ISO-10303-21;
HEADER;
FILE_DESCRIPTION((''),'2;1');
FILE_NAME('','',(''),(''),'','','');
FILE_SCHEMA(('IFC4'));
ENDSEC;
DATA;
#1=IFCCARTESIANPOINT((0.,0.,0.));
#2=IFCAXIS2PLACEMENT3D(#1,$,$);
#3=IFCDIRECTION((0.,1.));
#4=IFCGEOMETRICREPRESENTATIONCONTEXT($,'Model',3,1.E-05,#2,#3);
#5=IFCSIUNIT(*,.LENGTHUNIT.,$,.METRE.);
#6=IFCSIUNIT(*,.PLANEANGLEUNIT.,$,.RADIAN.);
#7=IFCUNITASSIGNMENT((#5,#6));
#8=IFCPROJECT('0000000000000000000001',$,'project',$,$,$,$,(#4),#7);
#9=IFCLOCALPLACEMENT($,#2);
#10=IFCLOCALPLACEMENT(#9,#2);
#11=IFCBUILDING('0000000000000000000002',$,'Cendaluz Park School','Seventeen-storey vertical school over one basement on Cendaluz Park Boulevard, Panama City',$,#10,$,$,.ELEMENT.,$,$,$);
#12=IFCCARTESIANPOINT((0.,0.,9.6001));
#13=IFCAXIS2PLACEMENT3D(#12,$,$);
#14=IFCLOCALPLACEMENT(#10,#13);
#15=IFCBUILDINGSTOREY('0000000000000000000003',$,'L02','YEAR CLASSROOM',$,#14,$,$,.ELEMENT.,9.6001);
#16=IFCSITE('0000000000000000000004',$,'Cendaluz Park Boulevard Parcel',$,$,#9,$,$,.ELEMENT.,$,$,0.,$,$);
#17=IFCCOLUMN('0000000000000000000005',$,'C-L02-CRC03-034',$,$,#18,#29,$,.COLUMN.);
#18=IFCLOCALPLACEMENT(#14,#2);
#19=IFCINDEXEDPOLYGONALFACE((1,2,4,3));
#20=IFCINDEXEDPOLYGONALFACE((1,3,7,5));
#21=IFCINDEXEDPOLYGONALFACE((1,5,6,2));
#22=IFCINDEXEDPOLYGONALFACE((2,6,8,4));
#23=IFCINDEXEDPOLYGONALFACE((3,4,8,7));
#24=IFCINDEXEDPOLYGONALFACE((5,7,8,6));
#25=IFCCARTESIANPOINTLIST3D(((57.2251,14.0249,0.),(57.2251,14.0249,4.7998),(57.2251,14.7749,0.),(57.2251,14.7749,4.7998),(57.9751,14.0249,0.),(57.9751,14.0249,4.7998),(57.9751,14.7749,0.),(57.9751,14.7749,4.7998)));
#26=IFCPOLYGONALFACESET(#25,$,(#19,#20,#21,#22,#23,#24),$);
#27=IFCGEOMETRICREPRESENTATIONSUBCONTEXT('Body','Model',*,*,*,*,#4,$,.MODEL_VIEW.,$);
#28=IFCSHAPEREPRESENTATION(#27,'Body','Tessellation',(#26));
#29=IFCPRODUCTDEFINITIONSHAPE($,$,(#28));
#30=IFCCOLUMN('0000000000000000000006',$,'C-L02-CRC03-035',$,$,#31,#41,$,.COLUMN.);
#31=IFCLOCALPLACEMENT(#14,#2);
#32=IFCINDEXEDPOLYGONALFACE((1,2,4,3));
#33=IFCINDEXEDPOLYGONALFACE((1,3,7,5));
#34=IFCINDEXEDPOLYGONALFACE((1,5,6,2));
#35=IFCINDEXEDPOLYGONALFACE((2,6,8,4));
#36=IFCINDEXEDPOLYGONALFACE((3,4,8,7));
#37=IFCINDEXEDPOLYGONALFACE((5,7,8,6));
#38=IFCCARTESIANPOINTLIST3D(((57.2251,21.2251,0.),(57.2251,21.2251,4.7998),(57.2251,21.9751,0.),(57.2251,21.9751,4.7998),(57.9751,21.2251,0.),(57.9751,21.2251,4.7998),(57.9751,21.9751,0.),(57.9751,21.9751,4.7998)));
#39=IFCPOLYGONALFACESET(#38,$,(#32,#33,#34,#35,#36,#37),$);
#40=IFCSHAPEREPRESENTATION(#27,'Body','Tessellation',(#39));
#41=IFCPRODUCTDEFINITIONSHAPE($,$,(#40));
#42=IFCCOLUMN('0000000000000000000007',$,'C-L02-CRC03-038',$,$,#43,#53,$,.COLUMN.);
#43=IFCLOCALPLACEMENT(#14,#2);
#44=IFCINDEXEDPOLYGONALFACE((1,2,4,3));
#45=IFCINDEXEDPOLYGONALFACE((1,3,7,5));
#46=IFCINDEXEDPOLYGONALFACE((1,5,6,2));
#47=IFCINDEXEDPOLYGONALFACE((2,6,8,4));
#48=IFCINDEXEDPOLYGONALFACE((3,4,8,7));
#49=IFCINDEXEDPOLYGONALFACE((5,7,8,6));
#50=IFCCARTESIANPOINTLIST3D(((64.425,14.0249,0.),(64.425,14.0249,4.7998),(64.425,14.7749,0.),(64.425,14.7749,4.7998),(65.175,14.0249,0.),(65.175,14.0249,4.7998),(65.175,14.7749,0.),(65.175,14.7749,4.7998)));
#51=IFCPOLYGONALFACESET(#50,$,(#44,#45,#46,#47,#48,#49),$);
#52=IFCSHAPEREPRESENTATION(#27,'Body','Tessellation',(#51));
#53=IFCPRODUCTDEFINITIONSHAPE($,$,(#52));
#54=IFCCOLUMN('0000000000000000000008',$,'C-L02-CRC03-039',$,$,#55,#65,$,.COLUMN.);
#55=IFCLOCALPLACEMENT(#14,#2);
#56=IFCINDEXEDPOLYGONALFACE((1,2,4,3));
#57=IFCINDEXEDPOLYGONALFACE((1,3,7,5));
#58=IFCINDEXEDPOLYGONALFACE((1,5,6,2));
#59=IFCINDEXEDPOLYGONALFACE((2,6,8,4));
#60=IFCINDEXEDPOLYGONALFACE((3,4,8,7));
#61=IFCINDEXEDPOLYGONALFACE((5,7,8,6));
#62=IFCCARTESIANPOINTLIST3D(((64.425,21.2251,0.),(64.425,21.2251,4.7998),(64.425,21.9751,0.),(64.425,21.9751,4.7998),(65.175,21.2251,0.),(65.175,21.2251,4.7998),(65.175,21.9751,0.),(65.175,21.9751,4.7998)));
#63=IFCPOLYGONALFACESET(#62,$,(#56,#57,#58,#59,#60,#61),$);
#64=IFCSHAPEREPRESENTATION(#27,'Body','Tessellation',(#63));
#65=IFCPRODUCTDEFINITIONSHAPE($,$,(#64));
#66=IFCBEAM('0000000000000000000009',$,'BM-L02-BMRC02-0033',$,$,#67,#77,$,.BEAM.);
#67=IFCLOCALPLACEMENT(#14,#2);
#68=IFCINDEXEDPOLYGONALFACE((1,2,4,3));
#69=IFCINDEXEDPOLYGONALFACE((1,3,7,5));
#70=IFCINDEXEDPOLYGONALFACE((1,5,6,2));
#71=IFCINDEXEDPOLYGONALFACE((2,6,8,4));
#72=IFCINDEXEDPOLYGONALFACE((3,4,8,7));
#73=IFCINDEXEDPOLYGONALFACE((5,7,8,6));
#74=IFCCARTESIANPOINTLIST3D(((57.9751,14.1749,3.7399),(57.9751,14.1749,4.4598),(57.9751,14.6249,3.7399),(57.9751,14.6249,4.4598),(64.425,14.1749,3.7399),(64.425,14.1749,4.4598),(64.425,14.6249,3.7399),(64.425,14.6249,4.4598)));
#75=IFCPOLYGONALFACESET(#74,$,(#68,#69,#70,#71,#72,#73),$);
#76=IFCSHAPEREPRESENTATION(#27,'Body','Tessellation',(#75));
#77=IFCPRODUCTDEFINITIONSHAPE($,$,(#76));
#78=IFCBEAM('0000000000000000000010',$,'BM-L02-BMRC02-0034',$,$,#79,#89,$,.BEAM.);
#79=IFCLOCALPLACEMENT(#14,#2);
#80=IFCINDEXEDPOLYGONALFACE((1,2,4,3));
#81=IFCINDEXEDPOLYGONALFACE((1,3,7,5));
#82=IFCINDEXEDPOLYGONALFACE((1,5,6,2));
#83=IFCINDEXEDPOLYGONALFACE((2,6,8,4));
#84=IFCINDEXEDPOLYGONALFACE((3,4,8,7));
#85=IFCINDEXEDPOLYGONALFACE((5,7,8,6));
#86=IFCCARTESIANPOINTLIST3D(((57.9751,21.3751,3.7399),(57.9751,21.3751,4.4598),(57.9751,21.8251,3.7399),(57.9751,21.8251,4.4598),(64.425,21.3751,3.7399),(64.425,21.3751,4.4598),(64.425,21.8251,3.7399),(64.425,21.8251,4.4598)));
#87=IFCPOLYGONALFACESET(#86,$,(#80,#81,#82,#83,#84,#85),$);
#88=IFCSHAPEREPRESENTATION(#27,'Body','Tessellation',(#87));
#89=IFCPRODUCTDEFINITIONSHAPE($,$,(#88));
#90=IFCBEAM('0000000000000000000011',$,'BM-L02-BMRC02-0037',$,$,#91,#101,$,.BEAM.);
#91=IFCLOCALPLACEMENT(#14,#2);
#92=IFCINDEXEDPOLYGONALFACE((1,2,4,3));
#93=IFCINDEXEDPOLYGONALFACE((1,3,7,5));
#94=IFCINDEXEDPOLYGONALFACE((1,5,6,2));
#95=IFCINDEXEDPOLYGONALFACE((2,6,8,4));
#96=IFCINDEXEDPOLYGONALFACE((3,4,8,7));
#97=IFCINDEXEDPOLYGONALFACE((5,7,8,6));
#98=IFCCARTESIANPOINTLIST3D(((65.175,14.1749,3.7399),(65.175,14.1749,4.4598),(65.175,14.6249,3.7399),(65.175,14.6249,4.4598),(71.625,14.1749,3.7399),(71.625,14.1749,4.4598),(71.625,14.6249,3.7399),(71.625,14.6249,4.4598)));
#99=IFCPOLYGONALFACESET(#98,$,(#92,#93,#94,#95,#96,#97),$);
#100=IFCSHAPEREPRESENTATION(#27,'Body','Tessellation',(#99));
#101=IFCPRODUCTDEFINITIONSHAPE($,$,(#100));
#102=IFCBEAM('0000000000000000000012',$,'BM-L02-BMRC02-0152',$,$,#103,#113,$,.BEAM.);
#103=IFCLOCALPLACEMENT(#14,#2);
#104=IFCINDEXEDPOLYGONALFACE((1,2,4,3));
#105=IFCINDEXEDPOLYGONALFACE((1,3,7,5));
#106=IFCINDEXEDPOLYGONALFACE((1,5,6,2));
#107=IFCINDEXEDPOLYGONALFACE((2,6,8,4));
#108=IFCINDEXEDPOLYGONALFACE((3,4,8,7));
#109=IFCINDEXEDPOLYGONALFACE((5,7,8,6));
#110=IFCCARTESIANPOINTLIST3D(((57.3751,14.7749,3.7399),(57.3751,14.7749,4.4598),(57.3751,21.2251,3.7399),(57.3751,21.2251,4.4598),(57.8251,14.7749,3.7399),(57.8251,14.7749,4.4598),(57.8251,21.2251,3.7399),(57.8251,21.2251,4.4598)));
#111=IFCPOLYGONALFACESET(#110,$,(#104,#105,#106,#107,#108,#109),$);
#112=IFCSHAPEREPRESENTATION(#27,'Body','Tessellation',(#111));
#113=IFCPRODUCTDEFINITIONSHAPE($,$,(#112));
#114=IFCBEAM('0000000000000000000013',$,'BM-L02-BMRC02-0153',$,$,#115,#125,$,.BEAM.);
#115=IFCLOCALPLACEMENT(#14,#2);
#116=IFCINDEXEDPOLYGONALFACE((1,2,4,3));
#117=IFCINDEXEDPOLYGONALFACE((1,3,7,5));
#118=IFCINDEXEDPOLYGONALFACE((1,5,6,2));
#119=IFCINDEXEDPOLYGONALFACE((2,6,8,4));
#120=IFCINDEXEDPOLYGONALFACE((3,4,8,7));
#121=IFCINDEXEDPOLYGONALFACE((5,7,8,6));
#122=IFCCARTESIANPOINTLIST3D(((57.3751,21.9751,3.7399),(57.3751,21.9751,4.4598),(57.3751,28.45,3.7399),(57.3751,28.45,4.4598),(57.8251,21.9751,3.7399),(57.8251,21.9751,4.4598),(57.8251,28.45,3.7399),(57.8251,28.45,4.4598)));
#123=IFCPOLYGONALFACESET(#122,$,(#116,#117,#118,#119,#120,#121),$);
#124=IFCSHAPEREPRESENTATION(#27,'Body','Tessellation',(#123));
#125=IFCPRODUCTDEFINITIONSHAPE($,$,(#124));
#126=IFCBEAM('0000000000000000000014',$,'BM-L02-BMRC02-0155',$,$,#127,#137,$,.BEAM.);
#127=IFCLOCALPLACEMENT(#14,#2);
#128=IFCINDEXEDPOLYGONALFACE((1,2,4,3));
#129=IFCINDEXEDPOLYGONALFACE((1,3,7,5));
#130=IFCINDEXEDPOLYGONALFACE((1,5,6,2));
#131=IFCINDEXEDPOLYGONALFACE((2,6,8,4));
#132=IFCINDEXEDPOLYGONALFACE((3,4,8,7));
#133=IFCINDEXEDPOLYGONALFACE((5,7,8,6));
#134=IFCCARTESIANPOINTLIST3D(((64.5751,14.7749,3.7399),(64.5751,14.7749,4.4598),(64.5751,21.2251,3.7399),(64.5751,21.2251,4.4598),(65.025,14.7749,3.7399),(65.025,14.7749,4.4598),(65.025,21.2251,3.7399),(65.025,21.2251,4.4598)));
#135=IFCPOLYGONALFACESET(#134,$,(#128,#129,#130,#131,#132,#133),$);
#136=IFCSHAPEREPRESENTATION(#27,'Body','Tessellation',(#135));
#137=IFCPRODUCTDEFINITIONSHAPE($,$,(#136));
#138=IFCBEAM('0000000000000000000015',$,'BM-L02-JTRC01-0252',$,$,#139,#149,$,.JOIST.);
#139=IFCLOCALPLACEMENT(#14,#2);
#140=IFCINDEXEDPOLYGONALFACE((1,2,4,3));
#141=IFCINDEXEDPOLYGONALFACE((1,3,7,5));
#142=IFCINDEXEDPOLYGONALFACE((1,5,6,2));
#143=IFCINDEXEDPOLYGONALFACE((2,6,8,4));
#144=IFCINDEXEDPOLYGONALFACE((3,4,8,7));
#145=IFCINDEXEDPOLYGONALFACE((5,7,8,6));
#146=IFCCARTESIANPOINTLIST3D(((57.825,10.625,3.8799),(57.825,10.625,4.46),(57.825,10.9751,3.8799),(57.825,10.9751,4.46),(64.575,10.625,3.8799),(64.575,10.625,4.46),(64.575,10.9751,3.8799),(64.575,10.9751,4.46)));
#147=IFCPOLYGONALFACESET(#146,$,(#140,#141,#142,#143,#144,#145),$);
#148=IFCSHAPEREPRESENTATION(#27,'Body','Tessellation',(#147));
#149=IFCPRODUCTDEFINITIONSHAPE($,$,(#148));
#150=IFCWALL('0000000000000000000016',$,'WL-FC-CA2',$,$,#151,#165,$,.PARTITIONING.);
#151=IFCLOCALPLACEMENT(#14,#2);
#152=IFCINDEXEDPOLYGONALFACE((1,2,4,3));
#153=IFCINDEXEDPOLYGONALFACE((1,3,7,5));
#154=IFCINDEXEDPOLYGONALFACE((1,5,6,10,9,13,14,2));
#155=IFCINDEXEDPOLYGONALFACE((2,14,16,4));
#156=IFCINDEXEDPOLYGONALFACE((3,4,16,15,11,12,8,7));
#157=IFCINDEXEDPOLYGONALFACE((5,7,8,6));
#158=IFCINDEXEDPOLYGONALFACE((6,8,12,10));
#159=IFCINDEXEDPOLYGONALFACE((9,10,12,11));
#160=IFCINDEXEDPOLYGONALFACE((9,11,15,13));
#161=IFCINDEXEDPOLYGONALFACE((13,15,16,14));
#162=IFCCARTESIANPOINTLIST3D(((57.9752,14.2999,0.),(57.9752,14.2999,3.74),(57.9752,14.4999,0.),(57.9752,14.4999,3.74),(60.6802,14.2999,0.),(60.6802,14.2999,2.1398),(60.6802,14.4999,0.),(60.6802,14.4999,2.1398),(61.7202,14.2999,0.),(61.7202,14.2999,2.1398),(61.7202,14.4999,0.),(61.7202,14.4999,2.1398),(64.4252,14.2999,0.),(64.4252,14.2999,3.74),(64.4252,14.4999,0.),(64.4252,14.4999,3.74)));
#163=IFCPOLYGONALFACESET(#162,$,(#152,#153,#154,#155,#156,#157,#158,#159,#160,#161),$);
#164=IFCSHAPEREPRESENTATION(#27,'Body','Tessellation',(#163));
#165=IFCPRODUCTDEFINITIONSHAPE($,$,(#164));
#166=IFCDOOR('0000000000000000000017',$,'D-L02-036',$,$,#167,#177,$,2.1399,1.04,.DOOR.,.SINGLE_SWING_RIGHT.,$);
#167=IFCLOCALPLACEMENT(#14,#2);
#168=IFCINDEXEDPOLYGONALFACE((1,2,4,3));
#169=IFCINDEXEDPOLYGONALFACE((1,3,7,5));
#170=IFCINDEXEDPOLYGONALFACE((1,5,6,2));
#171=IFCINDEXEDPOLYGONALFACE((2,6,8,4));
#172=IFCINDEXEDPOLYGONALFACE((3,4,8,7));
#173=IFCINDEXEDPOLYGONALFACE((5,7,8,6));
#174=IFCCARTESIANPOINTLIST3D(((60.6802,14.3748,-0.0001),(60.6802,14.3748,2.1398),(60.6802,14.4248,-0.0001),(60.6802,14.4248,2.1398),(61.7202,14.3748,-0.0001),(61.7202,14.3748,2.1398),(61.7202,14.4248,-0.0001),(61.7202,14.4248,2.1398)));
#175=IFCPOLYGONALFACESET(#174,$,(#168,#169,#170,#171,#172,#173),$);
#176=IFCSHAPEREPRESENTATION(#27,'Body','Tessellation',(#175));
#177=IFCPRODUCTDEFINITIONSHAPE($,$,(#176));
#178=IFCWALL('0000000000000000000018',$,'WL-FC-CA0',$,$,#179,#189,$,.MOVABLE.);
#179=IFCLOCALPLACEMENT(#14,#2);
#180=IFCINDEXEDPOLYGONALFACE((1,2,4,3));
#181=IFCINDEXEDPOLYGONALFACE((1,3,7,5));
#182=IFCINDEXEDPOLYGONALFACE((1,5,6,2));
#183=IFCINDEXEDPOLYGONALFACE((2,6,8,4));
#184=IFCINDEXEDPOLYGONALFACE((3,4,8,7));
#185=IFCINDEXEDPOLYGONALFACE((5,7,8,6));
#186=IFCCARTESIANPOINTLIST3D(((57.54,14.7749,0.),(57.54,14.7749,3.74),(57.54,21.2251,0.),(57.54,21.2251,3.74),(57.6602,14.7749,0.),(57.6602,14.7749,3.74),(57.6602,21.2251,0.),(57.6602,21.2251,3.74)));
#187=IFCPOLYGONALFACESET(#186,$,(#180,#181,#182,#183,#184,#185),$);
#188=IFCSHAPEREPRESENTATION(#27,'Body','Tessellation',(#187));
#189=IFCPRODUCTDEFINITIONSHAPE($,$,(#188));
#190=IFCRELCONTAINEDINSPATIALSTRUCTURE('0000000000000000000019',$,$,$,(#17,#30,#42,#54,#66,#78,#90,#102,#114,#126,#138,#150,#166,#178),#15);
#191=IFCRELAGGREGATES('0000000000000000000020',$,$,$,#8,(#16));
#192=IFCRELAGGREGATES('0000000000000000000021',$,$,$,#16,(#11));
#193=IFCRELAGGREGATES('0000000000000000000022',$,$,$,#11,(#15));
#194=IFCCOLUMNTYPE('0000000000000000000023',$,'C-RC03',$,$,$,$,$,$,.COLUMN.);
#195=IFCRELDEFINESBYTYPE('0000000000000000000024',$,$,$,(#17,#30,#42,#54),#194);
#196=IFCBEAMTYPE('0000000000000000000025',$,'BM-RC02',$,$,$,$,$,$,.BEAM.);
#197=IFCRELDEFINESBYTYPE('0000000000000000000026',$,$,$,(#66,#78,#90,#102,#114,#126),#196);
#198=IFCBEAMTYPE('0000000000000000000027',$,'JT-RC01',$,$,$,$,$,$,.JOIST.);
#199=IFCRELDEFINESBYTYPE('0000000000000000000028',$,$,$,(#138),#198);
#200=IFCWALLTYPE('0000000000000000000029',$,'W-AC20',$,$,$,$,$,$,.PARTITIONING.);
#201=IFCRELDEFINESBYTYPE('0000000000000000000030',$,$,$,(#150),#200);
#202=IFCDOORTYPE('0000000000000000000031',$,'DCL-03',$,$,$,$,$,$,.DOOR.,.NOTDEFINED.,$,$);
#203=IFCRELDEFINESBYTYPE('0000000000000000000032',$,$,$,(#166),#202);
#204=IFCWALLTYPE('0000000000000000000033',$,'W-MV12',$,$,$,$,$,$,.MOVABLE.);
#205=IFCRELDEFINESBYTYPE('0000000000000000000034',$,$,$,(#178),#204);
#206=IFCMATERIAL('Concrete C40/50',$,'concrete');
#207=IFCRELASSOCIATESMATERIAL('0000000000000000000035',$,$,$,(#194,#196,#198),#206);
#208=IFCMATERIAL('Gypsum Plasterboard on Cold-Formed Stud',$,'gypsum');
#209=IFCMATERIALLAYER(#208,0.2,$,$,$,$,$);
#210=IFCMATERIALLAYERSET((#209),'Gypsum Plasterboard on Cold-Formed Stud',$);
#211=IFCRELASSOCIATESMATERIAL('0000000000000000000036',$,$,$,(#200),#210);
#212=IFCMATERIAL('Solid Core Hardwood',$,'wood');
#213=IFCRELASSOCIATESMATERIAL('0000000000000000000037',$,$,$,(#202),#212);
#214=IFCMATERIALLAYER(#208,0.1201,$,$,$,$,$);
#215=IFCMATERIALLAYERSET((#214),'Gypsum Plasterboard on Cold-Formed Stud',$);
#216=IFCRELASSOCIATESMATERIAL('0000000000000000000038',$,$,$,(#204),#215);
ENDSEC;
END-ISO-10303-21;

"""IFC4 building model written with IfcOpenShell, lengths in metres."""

from ifc_helpers import new_model, si_unit, direction, frame, frame_2d, origin, origin_2d, place, context, subcontext, project, spatial, rectangle, extrude, material, layer, layer_set, material_profile, profile_set, type_object, element, fill, save


model = new_model("IFC4")

# Units and contexts
model_context = context("Model", 3, precision=1e-05, world=origin(), true_north=direction((0.0, 1.0)))
body_context = subcontext(model_context, "Body", "Model", "MODEL_VIEW")
ifc_project = project(units=[si_unit("LENGTHUNIT", "METRE"), si_unit("PLANEANGLEUNIT", "RADIAN")], contexts=[model_context])

# Site, building, storey
site_placement = place(None, origin())
site = spatial("IfcSite", under=ifc_project, at=site_placement, Name="Cendaluz Park Boulevard Parcel", CompositionType="ELEMENT", RefElevation=0.0)
building_placement = place(site_placement, origin())
building = spatial("IfcBuilding", under=site, at=building_placement, Name="Cendaluz Park School", Description="Seventeen-storey vertical school over one basement on Cendaluz Park Boulevard, Panama City", CompositionType="ELEMENT")
storey_placement = place(building_placement, frame((0.0, 0.0, 9.6001)))
storey = spatial("IfcBuildingStorey", under=building, at=storey_placement, Name="L02", Description="YEAR CLASSROOM", CompositionType="ELEMENT", Elevation=9.6001)

# Columns
ifc_material_1 = material(Name="Concrete C40/50", Category="concrete")
ifc_material_profile_1 = material_profile(ifc_material_1, rectangle(XDim=0.75, YDim=0.75, at=origin_2d()), Name="RC 750x750", Category="concrete")
ifc_profile_set_1 = profile_set([ifc_material_profile_1], Name="Concrete C40/50")
column_type = type_object("IfcColumnType", Name="C-RC03", PredefinedType="COLUMN", material=ifc_profile_set_1)
for number, where, z_axis, x_axis, name in (
    (1, (57.6001, 14.3999, 0.0), (0.0, 0.0, 1.0), (1.0, 0.0, 0.0), "C-L02-CRC03-034"),
    (2, (57.6001, 21.6001, 0.0), (0.0, 0.0, 1.0), (1.0, 0.0, 0.0), "C-L02-CRC03-035"),
    (3, (64.8, 14.3999, 0.0), (0.0, 0.0, 1.0), (1.0, 0.0, 0.0), "C-L02-CRC03-038"),
    (4, (64.8, 21.6001, 0.0), (0.0, 0.0, 1.0), (1.0, 0.0, 0.0), "C-L02-CRC03-039"),
):
    element("IfcColumn", number, at=place(storey_placement, frame(where, z_axis=z_axis, x_axis=x_axis)), inside=storey, type_object=column_type, Name=name, PredefinedType="COLUMN", context=body_context, shape_type="SweptSolid", body=[
        extrude(rectangle(XDim=0.75, YDim=0.75, at=origin_2d()), origin(), (0.0, 0.0, 1.0), 4.7998),
    ])

# Beams
ifc_material_profile_2 = material_profile(ifc_material_1, rectangle(XDim=0.45, YDim=0.72, at=origin_2d()), Name="RC 450x720", Category="concrete")
ifc_profile_set_2 = profile_set([ifc_material_profile_2], Name="Concrete C40/50")
beam_type_1 = type_object("IfcBeamType", Name="BM-RC02", PredefinedType="BEAM", material=ifc_profile_set_2)
for number, where, z_axis, x_axis, name in (
    (5, (57.9751, 14.3999, 4.0999), (1.0, 0.0, 0.0), (0.0, 1.0, 0.0), "BM-L02-BMRC02-0033"),
    (6, (57.9751, 21.6001, 4.0999), (1.0, 0.0, 0.0), (0.0, 1.0, 0.0), "BM-L02-BMRC02-0034"),
    (7, (65.175, 14.3999, 4.0999), (1.0, 0.0, 0.0), (0.0, 1.0, 0.0), "BM-L02-BMRC02-0037"),
):
    element("IfcBeam", number, at=place(storey_placement, frame(where, z_axis=z_axis, x_axis=x_axis)), inside=storey, type_object=beam_type_1, Name=name, PredefinedType="BEAM", context=body_context, shape_type="SweptSolid", body=[
        extrude(rectangle(XDim=0.45, YDim=0.72, at=origin_2d()), origin(), (0.0, 0.0, 1.0), 6.45),
    ])
beam_1_placement = place(storey_placement, frame((57.6001, 14.7749, 4.0999), z_axis=(0.0, 1.0, 0.0), x_axis=(-1.0, 0.0, 0.0)))
element("IfcBeam", 8, at=beam_1_placement, inside=storey, type_object=beam_type_1, Name="BM-L02-BMRC02-0152", PredefinedType="BEAM", context=body_context, shape_type="SweptSolid", body=[
    extrude(rectangle(XDim=0.45, YDim=0.72, at=origin_2d()), origin(), (0.0, 0.0, 1.0), 6.4502),
])
beam_2_placement = place(storey_placement, frame((57.6001, 21.9751, 4.0999), z_axis=(0.0, 1.0, 0.0), x_axis=(-1.0, 0.0, 0.0)))
element("IfcBeam", 9, at=beam_2_placement, inside=storey, type_object=beam_type_1, Name="BM-L02-BMRC02-0153", PredefinedType="BEAM", context=body_context, shape_type="SweptSolid", body=[
    extrude(rectangle(XDim=0.45, YDim=0.72, at=origin_2d()), origin(), (0.0, 0.0, 1.0), 6.4749),
])
beam_3_placement = place(storey_placement, frame((64.8, 14.7749, 4.0999), z_axis=(0.0, 1.0, 0.0), x_axis=(-1.0, 0.0, 0.0)))
element("IfcBeam", 10, at=beam_3_placement, inside=storey, type_object=beam_type_1, Name="BM-L02-BMRC02-0155", PredefinedType="BEAM", context=body_context, shape_type="SweptSolid", body=[
    extrude(rectangle(XDim=0.45, YDim=0.72, at=origin_2d()), origin(), (0.0, 0.0, 1.0), 6.4502),
])
ifc_material_profile_3 = material_profile(ifc_material_1, rectangle(XDim=0.3501, YDim=0.5801, at=origin_2d()), Name="RC 350x580", Category="concrete")
ifc_profile_set_3 = profile_set([ifc_material_profile_3], Name="Concrete C40/50")
beam_type_2 = type_object("IfcBeamType", Name="JT-RC01", PredefinedType="JOIST", material=ifc_profile_set_3)
beam_4_placement = place(storey_placement, frame((57.825, 10.8, 4.1699), z_axis=(1.0, 0.0, 0.0), x_axis=(0.0, 1.0, 0.0)))
element("IfcBeam", 11, at=beam_4_placement, inside=storey, type_object=beam_type_2, Name="BM-L02-JTRC01-0252", PredefinedType="JOIST", context=body_context, shape_type="SweptSolid", body=[
    extrude(rectangle(XDim=0.3501, YDim=0.5801, at=origin_2d()), origin(), (0.0, 0.0, 1.0), 6.75),
])

# Wall, opening, door
ifc_material_2 = material(Name="Gypsum Plasterboard on Cold-Formed Stud", Category="gypsum")
ifc_layer_1 = layer(ifc_material_2, 0.2)
ifc_layer_set_1 = layer_set([ifc_layer_1], Name="Gypsum Plasterboard on Cold-Formed Stud")
wall_type_1 = type_object("IfcWallType", Name="W-AC20", PredefinedType="PARTITIONING", material=ifc_layer_set_1)
wall_1_placement = place(storey_placement, frame((57.9751, 14.3999, 0.0), z_axis=(0.0, 0.0, 1.0), x_axis=(1.0, 0.0, 0.0)))
wall_1 = element("IfcWall", 12, at=wall_1_placement, inside=storey, type_object=wall_type_1, Name="WL-FC-CA2", PredefinedType="PARTITIONING", context=body_context, shape_type="SweptSolid", body=[
    extrude(rectangle(XDim=6.45, YDim=0.2, at=frame_2d((3.2251, 0.0))), origin(), (0.0, 0.0, 1.0), 3.74),
])
opening_1_placement = place(wall_1_placement, frame((2.7051, 0.0, 0.0)))
opening_1 = element("IfcOpeningElement", 13, at=opening_1_placement, cuts=wall_1, PredefinedType="OPENING", context=body_context, shape_type="SweptSolid", body=[
    extrude(rectangle(XDim=1.04, YDim=2.1399, at=frame_2d((0.52, 1.0698))), frame((0.0, 0.1121, 0.0), z_axis=(0.0, -1.0, 0.0), x_axis=(1.0, 0.0, 0.0)), (0.0, 0.0, 1.0), 0.2239),
])
ifc_material_3 = material(Name="Solid Core Hardwood", Category="wood")
door_type_1 = type_object("IfcDoorType", Name="DCL-03", OperationType="NOTDEFINED", PredefinedType="DOOR", material=ifc_material_3)
door_1_placement = place(opening_1_placement, origin())
door_1 = element("IfcDoor", 14, at=door_1_placement, inside=storey, type_object=door_type_1, Name="D-L02-036", OperationType="SINGLE_SWING_RIGHT", OverallHeight=2.1399, OverallWidth=1.04, PredefinedType="DOOR", context=body_context, shape_type="SweptSolid", body=[
    extrude(rectangle(XDim=1.04, YDim=2.1399, at=frame_2d((0.52, 1.0698))), frame((0.0, 0.0249, 0.0), z_axis=(0.0, -1.0, 0.0), x_axis=(1.0, 0.0, 0.0)), (0.0, 0.0, 1.0), 0.05),
])
fill(opening_1, door_1)

# Wall
ifc_layer_2 = layer(ifc_material_2, 0.1201)
ifc_layer_set_2 = layer_set([ifc_layer_2], Name="Gypsum Plasterboard on Cold-Formed Stud")
wall_type_2 = type_object("IfcWallType", Name="W-MV12", PredefinedType="MOVABLE", material=ifc_layer_set_2)
wall_2_placement = place(storey_placement, frame((57.6001, 14.7749, 0.0), z_axis=(0.0, 0.0, 1.0), x_axis=(0.0, 1.0, 0.0)))
element("IfcWall", 15, at=wall_2_placement, inside=storey, type_object=wall_type_2, Name="WL-FC-CA0", PredefinedType="MOVABLE", context=body_context, shape_type="SweptSolid", body=[
    extrude(rectangle(XDim=6.4502, YDim=0.1201, at=frame_2d((3.2251, 0.0))), origin(), (0.0, 0.0, 1.0), 3.74),
])

save(model, "model.ifc")
